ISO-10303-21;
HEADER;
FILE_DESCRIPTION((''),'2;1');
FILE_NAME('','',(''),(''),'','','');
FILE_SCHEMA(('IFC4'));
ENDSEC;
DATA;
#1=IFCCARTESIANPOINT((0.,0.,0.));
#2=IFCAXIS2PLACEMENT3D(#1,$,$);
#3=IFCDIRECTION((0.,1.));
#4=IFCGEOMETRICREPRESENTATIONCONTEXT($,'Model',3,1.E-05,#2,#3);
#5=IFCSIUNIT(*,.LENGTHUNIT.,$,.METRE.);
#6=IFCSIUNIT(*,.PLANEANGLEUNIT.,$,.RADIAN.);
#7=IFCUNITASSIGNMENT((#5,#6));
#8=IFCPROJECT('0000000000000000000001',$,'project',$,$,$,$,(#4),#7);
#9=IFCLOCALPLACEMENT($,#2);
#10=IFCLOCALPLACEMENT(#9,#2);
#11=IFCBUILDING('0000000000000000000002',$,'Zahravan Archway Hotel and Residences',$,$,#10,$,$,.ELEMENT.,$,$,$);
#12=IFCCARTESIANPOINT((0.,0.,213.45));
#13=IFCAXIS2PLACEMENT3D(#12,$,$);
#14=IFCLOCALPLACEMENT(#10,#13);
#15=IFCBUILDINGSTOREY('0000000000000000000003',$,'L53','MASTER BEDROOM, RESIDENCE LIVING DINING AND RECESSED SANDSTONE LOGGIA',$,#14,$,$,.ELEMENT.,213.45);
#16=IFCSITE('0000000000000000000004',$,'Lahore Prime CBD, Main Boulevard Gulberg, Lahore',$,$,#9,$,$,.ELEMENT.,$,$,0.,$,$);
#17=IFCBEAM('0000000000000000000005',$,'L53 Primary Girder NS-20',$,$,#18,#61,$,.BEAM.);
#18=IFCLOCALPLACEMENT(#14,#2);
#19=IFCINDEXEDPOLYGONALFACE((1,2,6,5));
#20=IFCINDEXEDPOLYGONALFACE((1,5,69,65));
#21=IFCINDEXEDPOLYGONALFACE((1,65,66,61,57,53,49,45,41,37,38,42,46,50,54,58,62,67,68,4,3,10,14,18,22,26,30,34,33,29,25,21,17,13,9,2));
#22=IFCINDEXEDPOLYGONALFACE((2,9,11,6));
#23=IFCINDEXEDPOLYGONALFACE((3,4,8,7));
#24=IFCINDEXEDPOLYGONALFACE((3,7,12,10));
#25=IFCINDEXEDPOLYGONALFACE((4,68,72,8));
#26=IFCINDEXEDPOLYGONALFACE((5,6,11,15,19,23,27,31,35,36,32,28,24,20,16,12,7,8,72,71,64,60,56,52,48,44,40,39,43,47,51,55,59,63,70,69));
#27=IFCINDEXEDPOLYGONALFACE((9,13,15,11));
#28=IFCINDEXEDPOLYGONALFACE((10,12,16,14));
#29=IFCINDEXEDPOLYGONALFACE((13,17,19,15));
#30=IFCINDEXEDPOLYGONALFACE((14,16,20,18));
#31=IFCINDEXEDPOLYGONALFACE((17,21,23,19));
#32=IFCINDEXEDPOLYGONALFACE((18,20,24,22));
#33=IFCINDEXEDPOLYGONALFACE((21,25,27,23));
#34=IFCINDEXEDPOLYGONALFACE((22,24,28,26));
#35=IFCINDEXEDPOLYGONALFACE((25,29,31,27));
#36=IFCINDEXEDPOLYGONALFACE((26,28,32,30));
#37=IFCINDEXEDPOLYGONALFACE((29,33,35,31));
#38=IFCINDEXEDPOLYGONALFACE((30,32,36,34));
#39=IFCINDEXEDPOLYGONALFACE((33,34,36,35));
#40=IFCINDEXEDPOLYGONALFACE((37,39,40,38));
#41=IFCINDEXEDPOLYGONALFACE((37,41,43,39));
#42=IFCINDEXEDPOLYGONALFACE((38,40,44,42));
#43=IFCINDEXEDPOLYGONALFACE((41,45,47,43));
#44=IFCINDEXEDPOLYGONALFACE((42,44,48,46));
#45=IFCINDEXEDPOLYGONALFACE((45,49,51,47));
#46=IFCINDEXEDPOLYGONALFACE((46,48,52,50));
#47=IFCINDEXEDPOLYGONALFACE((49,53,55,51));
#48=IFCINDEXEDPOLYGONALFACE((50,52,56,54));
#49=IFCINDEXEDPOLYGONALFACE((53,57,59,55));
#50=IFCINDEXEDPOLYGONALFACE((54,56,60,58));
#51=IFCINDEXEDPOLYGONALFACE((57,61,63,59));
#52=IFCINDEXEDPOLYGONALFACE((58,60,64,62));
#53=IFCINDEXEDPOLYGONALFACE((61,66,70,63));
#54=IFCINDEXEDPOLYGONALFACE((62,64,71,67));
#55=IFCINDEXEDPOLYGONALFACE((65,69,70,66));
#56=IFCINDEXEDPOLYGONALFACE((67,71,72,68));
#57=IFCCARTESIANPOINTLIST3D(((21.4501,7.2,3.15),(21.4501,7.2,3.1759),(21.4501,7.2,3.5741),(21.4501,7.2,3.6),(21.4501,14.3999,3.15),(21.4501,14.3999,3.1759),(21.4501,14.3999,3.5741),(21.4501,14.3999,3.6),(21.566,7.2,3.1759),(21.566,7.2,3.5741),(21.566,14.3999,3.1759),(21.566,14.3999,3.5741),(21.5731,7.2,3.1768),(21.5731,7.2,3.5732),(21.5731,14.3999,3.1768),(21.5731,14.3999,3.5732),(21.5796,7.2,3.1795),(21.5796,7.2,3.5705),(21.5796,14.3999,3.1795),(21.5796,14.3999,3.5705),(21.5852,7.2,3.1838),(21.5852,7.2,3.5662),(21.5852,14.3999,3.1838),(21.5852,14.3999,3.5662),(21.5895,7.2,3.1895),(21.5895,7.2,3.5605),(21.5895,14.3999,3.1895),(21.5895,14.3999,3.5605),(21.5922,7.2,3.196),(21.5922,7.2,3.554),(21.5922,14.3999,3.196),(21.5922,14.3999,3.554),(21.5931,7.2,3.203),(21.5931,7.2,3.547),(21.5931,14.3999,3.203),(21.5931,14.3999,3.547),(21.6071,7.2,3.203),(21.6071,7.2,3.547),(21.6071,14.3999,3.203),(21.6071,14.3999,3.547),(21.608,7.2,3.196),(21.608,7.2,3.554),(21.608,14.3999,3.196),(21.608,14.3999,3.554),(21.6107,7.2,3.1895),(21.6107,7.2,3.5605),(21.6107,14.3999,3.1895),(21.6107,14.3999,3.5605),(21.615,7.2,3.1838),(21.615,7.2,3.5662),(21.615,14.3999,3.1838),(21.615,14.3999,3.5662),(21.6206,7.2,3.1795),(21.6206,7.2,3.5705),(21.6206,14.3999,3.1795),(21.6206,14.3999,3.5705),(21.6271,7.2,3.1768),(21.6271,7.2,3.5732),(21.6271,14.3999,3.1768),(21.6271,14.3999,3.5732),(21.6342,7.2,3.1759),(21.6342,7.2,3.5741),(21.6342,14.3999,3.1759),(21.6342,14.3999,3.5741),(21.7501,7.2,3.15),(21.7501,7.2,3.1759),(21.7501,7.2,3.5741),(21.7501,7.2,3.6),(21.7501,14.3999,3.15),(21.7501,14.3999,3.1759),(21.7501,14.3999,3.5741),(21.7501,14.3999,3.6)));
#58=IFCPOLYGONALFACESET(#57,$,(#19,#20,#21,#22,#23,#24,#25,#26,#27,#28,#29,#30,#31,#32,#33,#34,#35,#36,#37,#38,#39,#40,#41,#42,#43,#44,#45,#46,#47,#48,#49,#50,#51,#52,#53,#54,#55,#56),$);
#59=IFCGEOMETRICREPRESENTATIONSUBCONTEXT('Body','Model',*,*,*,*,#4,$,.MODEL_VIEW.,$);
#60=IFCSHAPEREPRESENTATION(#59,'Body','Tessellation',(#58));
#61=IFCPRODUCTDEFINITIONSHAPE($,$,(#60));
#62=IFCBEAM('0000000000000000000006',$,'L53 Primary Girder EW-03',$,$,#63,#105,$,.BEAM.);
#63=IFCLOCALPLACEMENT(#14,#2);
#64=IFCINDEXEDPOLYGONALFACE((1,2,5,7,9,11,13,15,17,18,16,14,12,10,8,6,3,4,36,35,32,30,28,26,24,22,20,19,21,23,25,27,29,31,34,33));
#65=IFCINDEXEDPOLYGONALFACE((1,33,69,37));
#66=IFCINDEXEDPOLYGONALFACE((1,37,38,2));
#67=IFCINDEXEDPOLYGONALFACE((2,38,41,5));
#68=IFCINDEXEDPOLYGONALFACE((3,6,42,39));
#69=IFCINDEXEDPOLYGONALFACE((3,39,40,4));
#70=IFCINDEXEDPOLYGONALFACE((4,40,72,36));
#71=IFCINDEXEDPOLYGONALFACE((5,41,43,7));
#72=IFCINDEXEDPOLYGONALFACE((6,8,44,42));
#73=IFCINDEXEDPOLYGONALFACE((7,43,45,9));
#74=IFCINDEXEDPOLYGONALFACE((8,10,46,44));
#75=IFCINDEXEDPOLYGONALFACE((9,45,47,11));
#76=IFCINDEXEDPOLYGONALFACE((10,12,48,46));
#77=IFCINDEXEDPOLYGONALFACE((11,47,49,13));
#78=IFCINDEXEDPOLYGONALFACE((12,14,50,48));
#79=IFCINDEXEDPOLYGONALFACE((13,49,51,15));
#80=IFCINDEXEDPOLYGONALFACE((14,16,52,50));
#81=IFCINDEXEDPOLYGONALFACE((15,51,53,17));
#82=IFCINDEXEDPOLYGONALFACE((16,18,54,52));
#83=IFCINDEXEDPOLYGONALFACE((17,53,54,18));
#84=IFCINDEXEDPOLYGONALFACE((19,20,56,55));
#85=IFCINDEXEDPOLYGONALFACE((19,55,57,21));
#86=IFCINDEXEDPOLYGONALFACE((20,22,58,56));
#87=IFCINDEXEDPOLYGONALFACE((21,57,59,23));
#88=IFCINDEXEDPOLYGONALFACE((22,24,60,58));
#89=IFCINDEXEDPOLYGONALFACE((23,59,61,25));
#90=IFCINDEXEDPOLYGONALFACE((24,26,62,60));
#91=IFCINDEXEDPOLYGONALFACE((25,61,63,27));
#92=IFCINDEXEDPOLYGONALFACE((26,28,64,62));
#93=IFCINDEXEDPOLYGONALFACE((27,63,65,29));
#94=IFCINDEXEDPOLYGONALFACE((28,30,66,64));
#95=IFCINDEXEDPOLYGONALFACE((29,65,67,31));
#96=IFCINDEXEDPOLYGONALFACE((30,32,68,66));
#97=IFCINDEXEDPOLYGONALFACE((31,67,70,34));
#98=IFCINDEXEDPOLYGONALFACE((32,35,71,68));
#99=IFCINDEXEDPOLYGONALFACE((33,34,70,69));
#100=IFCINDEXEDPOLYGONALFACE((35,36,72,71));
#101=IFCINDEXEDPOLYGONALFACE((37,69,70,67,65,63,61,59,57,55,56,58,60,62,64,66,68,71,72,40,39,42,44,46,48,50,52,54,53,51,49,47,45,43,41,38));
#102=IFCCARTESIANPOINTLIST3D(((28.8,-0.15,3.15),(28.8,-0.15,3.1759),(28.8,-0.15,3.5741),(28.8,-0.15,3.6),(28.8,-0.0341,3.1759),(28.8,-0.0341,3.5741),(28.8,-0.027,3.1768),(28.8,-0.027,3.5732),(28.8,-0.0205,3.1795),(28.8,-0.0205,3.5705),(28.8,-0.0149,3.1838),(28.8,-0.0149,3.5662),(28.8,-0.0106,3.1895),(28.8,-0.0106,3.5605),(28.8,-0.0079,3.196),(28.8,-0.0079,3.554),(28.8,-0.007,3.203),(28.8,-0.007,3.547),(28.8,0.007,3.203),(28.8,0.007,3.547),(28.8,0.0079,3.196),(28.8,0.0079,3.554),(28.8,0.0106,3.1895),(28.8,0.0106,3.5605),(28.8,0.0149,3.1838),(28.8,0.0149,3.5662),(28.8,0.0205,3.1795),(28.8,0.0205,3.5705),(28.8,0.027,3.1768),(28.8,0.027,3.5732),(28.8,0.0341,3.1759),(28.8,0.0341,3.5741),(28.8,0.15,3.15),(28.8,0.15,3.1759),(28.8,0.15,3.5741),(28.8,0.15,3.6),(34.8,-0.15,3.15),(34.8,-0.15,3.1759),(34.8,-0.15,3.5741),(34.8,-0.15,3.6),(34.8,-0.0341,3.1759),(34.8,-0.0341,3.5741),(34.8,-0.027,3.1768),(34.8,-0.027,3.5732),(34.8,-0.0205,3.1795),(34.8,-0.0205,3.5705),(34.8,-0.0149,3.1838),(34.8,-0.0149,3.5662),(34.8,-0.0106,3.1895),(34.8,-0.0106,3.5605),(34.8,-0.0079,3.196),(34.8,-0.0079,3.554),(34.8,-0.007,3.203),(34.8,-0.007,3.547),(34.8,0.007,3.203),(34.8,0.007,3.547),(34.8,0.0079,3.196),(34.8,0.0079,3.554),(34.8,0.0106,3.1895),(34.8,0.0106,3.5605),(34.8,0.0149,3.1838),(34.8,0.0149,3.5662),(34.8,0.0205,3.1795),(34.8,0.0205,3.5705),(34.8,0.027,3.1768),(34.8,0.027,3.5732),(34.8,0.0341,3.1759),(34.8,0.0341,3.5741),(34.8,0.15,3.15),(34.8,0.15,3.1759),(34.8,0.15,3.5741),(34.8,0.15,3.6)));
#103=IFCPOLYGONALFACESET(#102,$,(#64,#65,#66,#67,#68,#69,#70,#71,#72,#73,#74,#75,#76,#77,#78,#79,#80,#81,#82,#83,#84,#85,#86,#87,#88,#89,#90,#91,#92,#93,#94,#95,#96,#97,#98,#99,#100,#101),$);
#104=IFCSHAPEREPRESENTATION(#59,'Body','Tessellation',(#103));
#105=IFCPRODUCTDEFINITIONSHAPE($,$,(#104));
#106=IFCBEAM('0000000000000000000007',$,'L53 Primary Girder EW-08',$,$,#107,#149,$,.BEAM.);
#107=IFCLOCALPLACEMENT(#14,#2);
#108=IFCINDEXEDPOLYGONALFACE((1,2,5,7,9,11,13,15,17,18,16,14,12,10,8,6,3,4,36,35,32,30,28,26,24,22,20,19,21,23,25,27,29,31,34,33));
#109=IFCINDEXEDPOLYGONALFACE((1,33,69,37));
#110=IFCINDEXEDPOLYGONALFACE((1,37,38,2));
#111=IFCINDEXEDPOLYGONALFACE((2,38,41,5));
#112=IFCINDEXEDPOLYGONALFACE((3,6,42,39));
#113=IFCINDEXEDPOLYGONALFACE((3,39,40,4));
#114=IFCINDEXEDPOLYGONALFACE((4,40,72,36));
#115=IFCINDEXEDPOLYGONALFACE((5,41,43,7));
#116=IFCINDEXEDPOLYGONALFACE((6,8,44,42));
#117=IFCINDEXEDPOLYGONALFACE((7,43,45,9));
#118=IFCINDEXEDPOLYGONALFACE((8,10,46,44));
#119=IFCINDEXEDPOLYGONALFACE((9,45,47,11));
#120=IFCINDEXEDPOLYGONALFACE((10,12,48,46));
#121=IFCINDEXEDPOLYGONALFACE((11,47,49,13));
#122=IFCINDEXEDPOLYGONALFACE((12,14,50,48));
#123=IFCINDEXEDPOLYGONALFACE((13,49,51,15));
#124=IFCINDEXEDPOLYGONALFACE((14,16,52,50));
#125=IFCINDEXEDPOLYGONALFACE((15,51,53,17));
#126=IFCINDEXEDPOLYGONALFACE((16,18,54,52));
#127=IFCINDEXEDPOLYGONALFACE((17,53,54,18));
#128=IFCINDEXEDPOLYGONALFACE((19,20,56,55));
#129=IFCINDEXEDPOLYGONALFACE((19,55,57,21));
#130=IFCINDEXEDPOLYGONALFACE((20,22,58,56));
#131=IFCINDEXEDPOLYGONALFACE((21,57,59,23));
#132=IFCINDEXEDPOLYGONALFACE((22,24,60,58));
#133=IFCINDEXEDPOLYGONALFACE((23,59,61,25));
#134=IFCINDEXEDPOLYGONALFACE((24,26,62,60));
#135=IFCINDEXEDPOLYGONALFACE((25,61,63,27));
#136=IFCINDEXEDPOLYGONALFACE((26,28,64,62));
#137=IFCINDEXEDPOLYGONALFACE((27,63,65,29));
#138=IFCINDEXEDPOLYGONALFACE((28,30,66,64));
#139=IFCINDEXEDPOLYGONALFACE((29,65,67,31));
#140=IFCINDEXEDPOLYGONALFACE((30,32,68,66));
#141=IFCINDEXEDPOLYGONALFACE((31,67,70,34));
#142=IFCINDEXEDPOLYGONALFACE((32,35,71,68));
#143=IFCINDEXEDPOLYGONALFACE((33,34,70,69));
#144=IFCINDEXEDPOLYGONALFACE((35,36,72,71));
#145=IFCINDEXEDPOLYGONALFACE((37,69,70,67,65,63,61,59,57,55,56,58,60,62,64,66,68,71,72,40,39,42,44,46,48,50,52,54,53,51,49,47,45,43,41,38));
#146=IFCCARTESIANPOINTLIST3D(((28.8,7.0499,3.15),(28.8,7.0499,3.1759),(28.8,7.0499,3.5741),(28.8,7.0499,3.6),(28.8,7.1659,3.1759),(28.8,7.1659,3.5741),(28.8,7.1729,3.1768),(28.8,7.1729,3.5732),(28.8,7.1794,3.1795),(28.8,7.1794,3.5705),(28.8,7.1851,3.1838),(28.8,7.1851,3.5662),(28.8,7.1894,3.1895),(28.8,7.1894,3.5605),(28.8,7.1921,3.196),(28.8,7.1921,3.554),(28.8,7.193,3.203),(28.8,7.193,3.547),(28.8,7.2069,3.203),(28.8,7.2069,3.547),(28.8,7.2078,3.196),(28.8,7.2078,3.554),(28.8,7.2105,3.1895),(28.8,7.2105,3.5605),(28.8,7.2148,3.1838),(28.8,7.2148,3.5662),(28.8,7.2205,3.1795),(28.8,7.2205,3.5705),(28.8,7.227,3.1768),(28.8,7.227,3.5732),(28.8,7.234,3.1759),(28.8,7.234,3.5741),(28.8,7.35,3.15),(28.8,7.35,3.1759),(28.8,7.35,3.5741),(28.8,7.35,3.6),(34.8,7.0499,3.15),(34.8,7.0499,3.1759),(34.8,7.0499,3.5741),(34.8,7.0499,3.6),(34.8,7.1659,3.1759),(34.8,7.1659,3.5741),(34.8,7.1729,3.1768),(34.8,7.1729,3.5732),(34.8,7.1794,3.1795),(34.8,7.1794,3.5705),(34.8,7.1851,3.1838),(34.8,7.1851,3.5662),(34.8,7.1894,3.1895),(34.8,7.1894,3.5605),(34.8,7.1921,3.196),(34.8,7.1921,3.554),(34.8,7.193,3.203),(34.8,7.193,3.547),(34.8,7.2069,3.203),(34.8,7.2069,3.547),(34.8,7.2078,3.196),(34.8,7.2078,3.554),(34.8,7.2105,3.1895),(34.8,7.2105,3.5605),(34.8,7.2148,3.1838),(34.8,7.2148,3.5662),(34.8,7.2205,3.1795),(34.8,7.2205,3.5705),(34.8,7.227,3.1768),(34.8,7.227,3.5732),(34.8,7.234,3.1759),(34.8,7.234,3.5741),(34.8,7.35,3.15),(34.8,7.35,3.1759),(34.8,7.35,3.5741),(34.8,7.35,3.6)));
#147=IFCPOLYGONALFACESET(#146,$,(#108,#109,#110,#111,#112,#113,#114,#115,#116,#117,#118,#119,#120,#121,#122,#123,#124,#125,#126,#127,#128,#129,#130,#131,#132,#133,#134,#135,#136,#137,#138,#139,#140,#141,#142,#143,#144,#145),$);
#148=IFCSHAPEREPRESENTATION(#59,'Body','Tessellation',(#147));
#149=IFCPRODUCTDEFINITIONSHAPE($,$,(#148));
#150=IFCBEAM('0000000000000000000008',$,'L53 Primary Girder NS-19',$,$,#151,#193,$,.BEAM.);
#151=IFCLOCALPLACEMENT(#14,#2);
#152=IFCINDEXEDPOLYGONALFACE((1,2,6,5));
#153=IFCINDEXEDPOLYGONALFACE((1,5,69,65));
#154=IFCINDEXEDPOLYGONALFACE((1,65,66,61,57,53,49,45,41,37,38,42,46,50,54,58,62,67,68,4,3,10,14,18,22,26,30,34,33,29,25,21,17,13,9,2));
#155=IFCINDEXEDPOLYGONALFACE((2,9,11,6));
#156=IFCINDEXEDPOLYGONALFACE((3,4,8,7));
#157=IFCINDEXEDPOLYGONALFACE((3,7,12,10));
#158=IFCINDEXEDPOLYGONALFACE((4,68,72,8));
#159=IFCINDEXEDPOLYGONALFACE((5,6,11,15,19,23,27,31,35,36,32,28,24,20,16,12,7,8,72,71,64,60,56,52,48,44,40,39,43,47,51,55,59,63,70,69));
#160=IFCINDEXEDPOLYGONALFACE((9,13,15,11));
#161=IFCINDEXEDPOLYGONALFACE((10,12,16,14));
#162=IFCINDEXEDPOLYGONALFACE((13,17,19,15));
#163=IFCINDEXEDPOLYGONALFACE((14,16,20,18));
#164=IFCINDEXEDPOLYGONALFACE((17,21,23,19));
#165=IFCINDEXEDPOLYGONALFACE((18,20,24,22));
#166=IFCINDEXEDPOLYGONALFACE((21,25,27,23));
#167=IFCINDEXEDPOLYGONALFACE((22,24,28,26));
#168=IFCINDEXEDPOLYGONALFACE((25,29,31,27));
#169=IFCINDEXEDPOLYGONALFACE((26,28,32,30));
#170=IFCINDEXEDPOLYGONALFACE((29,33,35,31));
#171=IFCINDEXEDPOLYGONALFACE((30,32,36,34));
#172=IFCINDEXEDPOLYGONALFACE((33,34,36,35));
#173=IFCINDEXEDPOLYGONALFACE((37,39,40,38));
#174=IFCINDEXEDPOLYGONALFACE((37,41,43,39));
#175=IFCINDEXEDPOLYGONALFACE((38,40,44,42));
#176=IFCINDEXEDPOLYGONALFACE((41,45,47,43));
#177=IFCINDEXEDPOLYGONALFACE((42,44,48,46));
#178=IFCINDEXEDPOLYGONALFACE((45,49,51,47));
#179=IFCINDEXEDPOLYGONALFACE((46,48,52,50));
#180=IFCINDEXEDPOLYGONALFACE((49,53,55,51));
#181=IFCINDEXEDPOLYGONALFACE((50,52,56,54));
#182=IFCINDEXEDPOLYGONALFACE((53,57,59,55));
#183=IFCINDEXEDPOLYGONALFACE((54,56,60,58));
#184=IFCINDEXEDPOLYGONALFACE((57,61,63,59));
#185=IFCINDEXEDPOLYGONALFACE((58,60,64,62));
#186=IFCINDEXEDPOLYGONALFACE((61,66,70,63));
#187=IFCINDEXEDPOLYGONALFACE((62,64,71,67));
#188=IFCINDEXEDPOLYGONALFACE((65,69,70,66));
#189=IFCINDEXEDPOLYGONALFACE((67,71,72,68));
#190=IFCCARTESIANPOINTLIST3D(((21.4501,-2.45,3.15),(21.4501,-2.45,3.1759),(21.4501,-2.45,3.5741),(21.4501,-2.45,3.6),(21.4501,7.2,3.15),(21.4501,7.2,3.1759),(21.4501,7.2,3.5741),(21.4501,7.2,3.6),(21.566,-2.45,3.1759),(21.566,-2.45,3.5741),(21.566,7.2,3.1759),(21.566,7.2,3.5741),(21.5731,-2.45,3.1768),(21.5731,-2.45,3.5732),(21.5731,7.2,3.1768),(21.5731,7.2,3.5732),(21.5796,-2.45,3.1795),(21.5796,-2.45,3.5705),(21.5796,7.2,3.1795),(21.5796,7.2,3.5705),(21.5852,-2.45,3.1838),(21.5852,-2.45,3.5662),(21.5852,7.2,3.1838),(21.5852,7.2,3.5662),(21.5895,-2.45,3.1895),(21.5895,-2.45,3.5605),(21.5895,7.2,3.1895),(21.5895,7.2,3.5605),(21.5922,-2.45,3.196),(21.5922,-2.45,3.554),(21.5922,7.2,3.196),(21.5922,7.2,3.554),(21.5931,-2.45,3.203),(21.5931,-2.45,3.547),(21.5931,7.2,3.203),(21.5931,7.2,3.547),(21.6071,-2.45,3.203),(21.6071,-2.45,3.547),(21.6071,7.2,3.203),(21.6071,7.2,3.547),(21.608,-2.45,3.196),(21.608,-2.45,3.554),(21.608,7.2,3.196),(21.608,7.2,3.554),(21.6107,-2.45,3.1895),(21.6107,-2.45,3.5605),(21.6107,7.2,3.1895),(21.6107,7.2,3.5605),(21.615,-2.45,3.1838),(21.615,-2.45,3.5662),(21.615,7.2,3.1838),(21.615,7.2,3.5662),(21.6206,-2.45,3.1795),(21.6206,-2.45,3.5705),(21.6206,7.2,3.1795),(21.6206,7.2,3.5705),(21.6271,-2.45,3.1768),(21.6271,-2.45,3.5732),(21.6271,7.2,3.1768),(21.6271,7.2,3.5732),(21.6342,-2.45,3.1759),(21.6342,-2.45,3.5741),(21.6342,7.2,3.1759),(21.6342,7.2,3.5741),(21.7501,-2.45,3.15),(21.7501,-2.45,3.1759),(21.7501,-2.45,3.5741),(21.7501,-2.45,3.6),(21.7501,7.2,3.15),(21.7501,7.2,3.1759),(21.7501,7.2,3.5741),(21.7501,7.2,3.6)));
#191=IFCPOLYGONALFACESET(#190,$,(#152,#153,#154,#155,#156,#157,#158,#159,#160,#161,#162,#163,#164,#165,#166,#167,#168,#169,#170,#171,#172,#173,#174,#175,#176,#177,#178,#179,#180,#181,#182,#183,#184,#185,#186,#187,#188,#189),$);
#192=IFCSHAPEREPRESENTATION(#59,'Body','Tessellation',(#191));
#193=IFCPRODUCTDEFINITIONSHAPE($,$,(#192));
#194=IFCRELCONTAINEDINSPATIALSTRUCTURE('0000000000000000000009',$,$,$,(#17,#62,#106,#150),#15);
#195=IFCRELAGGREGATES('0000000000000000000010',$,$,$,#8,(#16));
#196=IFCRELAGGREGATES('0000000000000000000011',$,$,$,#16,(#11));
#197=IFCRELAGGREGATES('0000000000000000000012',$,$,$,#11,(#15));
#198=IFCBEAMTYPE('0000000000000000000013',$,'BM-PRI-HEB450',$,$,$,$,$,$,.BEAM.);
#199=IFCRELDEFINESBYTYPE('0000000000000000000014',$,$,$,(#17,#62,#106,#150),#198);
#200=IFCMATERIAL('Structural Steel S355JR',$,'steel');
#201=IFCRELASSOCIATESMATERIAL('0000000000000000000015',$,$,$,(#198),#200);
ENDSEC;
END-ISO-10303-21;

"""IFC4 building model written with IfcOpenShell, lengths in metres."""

from ifc_helpers import new_model, si_unit, direction, frame, origin, origin_2d, place, context, subcontext, project, spatial, i_section, extrude, source, transform, mapped, material, material_profile, profile_set, type_object, element, save


model = new_model("IFC4")

# Units and contexts
model_context = context("Model", 3, precision=1e-05, world=origin(), true_north=direction((0.0, 1.0)))
body_context = subcontext(model_context, "Body", "Model", "MODEL_VIEW")
ifc_project = project(units=[si_unit("LENGTHUNIT", "METRE"), si_unit("PLANEANGLEUNIT", "RADIAN")], contexts=[model_context])

# Site, building, storey
site_placement = place(None, origin())
site = spatial("IfcSite", under=ifc_project, at=site_placement, Name="Lahore Prime CBD, Main Boulevard Gulberg, Lahore", CompositionType="ELEMENT", RefElevation=0.0)
building_placement = place(site_placement, origin())
building = spatial("IfcBuilding", under=site, at=building_placement, Name="Zahravan Archway Hotel and Residences", CompositionType="ELEMENT")
storey_placement = place(building_placement, frame((0.0, 0.0, 213.45)))
storey = spatial("IfcBuildingStorey", under=building, at=storey_placement, Name="L53", Description="MASTER BEDROOM, RESIDENCE LIVING DINING AND RECESSED SANDSTONE LOGGIA", CompositionType="ELEMENT", Elevation=213.45)

# Beams
ifc_material_1 = material(Name="Structural Steel S355JR", Category="steel")
ifc_material_profile_1 = material_profile(ifc_material_1, i_section(OverallWidth=0.3, OverallDepth=0.45, WebThickness=0.0139, FlangeThickness=0.0259, FilletRadius=0.0271, at=origin_2d()), Name="HEB 450", Category="steel")
ifc_profile_set_1 = profile_set([ifc_material_profile_1], Name="Structural Steel S355JR")
beam_type_1 = type_object("IfcBeamType", Name="BM-PRI-HEB450", PredefinedType="BEAM", material=ifc_profile_set_1)
shared_shape_1 = source(origin(), body_context, "Body", "SweptSolid", [
    extrude(i_section(OverallWidth=0.3, OverallDepth=0.45, WebThickness=0.0139, FlangeThickness=0.0259, FilletRadius=0.0271, at=origin_2d()), origin(), (0.0, 0.0, 1.0), 7.2),
])
for number, where, z_axis, x_axis, name in (
    (1, (21.6001, 7.2, 3.375), (0.0, 1.0, 0.0), (-1.0, 0.0, 0.0), "L53 Primary Girder NS-20"),
):
    element("IfcBeam", number, at=place(storey_placement, frame(where, z_axis=z_axis, x_axis=x_axis)), inside=storey, type_object=beam_type_1, Name=name, PredefinedType="BEAM", context=body_context, shape_type="MappedRepresentation", body=[
        mapped(shared_shape_1, transform((0.0, 0.0, 0.0), scale=1.0)),
    ])
shared_shape_2 = source(origin(), body_context, "Body", "SweptSolid", [
    extrude(i_section(OverallWidth=0.3, OverallDepth=0.45, WebThickness=0.0139, FlangeThickness=0.0259, FilletRadius=0.0271, at=origin_2d()), origin(), (0.0, 0.0, 1.0), 6.0),
])
for number, where, z_axis, x_axis, name in (
    (2, (28.8, 0.0, 3.375), (1.0, 0.0, 0.0), (0.0, 1.0, 0.0), "L53 Primary Girder EW-03"),
    (3, (28.8, 7.2, 3.375), (1.0, 0.0, 0.0), (0.0, 1.0, 0.0), "L53 Primary Girder EW-08"),
):
    element("IfcBeam", number, at=place(storey_placement, frame(where, z_axis=z_axis, x_axis=x_axis)), inside=storey, type_object=beam_type_1, Name=name, PredefinedType="BEAM", context=body_context, shape_type="MappedRepresentation", body=[
        mapped(shared_shape_2, transform((0.0, 0.0, 0.0), scale=1.0)),
    ])
shared_shape_3 = source(origin(), body_context, "Body", "SweptSolid", [
    extrude(i_section(OverallWidth=0.3, OverallDepth=0.45, WebThickness=0.0139, FlangeThickness=0.0259, FilletRadius=0.0271, at=origin_2d()), origin(), (0.0, 0.0, 1.0), 9.6499),
])
for number, where, z_axis, x_axis, name in (
    (4, (21.6001, -2.45, 3.375), (0.0, 1.0, 0.0), (-1.0, 0.0, 0.0), "L53 Primary Girder NS-19"),
):
    element("IfcBeam", number, at=place(storey_placement, frame(where, z_axis=z_axis, x_axis=x_axis)), inside=storey, type_object=beam_type_1, Name=name, PredefinedType="BEAM", context=body_context, shape_type="MappedRepresentation", body=[
        mapped(shared_shape_3, transform((0.0, 0.0, 0.0), scale=1.0)),
    ])

save(model, "model.ifc")
